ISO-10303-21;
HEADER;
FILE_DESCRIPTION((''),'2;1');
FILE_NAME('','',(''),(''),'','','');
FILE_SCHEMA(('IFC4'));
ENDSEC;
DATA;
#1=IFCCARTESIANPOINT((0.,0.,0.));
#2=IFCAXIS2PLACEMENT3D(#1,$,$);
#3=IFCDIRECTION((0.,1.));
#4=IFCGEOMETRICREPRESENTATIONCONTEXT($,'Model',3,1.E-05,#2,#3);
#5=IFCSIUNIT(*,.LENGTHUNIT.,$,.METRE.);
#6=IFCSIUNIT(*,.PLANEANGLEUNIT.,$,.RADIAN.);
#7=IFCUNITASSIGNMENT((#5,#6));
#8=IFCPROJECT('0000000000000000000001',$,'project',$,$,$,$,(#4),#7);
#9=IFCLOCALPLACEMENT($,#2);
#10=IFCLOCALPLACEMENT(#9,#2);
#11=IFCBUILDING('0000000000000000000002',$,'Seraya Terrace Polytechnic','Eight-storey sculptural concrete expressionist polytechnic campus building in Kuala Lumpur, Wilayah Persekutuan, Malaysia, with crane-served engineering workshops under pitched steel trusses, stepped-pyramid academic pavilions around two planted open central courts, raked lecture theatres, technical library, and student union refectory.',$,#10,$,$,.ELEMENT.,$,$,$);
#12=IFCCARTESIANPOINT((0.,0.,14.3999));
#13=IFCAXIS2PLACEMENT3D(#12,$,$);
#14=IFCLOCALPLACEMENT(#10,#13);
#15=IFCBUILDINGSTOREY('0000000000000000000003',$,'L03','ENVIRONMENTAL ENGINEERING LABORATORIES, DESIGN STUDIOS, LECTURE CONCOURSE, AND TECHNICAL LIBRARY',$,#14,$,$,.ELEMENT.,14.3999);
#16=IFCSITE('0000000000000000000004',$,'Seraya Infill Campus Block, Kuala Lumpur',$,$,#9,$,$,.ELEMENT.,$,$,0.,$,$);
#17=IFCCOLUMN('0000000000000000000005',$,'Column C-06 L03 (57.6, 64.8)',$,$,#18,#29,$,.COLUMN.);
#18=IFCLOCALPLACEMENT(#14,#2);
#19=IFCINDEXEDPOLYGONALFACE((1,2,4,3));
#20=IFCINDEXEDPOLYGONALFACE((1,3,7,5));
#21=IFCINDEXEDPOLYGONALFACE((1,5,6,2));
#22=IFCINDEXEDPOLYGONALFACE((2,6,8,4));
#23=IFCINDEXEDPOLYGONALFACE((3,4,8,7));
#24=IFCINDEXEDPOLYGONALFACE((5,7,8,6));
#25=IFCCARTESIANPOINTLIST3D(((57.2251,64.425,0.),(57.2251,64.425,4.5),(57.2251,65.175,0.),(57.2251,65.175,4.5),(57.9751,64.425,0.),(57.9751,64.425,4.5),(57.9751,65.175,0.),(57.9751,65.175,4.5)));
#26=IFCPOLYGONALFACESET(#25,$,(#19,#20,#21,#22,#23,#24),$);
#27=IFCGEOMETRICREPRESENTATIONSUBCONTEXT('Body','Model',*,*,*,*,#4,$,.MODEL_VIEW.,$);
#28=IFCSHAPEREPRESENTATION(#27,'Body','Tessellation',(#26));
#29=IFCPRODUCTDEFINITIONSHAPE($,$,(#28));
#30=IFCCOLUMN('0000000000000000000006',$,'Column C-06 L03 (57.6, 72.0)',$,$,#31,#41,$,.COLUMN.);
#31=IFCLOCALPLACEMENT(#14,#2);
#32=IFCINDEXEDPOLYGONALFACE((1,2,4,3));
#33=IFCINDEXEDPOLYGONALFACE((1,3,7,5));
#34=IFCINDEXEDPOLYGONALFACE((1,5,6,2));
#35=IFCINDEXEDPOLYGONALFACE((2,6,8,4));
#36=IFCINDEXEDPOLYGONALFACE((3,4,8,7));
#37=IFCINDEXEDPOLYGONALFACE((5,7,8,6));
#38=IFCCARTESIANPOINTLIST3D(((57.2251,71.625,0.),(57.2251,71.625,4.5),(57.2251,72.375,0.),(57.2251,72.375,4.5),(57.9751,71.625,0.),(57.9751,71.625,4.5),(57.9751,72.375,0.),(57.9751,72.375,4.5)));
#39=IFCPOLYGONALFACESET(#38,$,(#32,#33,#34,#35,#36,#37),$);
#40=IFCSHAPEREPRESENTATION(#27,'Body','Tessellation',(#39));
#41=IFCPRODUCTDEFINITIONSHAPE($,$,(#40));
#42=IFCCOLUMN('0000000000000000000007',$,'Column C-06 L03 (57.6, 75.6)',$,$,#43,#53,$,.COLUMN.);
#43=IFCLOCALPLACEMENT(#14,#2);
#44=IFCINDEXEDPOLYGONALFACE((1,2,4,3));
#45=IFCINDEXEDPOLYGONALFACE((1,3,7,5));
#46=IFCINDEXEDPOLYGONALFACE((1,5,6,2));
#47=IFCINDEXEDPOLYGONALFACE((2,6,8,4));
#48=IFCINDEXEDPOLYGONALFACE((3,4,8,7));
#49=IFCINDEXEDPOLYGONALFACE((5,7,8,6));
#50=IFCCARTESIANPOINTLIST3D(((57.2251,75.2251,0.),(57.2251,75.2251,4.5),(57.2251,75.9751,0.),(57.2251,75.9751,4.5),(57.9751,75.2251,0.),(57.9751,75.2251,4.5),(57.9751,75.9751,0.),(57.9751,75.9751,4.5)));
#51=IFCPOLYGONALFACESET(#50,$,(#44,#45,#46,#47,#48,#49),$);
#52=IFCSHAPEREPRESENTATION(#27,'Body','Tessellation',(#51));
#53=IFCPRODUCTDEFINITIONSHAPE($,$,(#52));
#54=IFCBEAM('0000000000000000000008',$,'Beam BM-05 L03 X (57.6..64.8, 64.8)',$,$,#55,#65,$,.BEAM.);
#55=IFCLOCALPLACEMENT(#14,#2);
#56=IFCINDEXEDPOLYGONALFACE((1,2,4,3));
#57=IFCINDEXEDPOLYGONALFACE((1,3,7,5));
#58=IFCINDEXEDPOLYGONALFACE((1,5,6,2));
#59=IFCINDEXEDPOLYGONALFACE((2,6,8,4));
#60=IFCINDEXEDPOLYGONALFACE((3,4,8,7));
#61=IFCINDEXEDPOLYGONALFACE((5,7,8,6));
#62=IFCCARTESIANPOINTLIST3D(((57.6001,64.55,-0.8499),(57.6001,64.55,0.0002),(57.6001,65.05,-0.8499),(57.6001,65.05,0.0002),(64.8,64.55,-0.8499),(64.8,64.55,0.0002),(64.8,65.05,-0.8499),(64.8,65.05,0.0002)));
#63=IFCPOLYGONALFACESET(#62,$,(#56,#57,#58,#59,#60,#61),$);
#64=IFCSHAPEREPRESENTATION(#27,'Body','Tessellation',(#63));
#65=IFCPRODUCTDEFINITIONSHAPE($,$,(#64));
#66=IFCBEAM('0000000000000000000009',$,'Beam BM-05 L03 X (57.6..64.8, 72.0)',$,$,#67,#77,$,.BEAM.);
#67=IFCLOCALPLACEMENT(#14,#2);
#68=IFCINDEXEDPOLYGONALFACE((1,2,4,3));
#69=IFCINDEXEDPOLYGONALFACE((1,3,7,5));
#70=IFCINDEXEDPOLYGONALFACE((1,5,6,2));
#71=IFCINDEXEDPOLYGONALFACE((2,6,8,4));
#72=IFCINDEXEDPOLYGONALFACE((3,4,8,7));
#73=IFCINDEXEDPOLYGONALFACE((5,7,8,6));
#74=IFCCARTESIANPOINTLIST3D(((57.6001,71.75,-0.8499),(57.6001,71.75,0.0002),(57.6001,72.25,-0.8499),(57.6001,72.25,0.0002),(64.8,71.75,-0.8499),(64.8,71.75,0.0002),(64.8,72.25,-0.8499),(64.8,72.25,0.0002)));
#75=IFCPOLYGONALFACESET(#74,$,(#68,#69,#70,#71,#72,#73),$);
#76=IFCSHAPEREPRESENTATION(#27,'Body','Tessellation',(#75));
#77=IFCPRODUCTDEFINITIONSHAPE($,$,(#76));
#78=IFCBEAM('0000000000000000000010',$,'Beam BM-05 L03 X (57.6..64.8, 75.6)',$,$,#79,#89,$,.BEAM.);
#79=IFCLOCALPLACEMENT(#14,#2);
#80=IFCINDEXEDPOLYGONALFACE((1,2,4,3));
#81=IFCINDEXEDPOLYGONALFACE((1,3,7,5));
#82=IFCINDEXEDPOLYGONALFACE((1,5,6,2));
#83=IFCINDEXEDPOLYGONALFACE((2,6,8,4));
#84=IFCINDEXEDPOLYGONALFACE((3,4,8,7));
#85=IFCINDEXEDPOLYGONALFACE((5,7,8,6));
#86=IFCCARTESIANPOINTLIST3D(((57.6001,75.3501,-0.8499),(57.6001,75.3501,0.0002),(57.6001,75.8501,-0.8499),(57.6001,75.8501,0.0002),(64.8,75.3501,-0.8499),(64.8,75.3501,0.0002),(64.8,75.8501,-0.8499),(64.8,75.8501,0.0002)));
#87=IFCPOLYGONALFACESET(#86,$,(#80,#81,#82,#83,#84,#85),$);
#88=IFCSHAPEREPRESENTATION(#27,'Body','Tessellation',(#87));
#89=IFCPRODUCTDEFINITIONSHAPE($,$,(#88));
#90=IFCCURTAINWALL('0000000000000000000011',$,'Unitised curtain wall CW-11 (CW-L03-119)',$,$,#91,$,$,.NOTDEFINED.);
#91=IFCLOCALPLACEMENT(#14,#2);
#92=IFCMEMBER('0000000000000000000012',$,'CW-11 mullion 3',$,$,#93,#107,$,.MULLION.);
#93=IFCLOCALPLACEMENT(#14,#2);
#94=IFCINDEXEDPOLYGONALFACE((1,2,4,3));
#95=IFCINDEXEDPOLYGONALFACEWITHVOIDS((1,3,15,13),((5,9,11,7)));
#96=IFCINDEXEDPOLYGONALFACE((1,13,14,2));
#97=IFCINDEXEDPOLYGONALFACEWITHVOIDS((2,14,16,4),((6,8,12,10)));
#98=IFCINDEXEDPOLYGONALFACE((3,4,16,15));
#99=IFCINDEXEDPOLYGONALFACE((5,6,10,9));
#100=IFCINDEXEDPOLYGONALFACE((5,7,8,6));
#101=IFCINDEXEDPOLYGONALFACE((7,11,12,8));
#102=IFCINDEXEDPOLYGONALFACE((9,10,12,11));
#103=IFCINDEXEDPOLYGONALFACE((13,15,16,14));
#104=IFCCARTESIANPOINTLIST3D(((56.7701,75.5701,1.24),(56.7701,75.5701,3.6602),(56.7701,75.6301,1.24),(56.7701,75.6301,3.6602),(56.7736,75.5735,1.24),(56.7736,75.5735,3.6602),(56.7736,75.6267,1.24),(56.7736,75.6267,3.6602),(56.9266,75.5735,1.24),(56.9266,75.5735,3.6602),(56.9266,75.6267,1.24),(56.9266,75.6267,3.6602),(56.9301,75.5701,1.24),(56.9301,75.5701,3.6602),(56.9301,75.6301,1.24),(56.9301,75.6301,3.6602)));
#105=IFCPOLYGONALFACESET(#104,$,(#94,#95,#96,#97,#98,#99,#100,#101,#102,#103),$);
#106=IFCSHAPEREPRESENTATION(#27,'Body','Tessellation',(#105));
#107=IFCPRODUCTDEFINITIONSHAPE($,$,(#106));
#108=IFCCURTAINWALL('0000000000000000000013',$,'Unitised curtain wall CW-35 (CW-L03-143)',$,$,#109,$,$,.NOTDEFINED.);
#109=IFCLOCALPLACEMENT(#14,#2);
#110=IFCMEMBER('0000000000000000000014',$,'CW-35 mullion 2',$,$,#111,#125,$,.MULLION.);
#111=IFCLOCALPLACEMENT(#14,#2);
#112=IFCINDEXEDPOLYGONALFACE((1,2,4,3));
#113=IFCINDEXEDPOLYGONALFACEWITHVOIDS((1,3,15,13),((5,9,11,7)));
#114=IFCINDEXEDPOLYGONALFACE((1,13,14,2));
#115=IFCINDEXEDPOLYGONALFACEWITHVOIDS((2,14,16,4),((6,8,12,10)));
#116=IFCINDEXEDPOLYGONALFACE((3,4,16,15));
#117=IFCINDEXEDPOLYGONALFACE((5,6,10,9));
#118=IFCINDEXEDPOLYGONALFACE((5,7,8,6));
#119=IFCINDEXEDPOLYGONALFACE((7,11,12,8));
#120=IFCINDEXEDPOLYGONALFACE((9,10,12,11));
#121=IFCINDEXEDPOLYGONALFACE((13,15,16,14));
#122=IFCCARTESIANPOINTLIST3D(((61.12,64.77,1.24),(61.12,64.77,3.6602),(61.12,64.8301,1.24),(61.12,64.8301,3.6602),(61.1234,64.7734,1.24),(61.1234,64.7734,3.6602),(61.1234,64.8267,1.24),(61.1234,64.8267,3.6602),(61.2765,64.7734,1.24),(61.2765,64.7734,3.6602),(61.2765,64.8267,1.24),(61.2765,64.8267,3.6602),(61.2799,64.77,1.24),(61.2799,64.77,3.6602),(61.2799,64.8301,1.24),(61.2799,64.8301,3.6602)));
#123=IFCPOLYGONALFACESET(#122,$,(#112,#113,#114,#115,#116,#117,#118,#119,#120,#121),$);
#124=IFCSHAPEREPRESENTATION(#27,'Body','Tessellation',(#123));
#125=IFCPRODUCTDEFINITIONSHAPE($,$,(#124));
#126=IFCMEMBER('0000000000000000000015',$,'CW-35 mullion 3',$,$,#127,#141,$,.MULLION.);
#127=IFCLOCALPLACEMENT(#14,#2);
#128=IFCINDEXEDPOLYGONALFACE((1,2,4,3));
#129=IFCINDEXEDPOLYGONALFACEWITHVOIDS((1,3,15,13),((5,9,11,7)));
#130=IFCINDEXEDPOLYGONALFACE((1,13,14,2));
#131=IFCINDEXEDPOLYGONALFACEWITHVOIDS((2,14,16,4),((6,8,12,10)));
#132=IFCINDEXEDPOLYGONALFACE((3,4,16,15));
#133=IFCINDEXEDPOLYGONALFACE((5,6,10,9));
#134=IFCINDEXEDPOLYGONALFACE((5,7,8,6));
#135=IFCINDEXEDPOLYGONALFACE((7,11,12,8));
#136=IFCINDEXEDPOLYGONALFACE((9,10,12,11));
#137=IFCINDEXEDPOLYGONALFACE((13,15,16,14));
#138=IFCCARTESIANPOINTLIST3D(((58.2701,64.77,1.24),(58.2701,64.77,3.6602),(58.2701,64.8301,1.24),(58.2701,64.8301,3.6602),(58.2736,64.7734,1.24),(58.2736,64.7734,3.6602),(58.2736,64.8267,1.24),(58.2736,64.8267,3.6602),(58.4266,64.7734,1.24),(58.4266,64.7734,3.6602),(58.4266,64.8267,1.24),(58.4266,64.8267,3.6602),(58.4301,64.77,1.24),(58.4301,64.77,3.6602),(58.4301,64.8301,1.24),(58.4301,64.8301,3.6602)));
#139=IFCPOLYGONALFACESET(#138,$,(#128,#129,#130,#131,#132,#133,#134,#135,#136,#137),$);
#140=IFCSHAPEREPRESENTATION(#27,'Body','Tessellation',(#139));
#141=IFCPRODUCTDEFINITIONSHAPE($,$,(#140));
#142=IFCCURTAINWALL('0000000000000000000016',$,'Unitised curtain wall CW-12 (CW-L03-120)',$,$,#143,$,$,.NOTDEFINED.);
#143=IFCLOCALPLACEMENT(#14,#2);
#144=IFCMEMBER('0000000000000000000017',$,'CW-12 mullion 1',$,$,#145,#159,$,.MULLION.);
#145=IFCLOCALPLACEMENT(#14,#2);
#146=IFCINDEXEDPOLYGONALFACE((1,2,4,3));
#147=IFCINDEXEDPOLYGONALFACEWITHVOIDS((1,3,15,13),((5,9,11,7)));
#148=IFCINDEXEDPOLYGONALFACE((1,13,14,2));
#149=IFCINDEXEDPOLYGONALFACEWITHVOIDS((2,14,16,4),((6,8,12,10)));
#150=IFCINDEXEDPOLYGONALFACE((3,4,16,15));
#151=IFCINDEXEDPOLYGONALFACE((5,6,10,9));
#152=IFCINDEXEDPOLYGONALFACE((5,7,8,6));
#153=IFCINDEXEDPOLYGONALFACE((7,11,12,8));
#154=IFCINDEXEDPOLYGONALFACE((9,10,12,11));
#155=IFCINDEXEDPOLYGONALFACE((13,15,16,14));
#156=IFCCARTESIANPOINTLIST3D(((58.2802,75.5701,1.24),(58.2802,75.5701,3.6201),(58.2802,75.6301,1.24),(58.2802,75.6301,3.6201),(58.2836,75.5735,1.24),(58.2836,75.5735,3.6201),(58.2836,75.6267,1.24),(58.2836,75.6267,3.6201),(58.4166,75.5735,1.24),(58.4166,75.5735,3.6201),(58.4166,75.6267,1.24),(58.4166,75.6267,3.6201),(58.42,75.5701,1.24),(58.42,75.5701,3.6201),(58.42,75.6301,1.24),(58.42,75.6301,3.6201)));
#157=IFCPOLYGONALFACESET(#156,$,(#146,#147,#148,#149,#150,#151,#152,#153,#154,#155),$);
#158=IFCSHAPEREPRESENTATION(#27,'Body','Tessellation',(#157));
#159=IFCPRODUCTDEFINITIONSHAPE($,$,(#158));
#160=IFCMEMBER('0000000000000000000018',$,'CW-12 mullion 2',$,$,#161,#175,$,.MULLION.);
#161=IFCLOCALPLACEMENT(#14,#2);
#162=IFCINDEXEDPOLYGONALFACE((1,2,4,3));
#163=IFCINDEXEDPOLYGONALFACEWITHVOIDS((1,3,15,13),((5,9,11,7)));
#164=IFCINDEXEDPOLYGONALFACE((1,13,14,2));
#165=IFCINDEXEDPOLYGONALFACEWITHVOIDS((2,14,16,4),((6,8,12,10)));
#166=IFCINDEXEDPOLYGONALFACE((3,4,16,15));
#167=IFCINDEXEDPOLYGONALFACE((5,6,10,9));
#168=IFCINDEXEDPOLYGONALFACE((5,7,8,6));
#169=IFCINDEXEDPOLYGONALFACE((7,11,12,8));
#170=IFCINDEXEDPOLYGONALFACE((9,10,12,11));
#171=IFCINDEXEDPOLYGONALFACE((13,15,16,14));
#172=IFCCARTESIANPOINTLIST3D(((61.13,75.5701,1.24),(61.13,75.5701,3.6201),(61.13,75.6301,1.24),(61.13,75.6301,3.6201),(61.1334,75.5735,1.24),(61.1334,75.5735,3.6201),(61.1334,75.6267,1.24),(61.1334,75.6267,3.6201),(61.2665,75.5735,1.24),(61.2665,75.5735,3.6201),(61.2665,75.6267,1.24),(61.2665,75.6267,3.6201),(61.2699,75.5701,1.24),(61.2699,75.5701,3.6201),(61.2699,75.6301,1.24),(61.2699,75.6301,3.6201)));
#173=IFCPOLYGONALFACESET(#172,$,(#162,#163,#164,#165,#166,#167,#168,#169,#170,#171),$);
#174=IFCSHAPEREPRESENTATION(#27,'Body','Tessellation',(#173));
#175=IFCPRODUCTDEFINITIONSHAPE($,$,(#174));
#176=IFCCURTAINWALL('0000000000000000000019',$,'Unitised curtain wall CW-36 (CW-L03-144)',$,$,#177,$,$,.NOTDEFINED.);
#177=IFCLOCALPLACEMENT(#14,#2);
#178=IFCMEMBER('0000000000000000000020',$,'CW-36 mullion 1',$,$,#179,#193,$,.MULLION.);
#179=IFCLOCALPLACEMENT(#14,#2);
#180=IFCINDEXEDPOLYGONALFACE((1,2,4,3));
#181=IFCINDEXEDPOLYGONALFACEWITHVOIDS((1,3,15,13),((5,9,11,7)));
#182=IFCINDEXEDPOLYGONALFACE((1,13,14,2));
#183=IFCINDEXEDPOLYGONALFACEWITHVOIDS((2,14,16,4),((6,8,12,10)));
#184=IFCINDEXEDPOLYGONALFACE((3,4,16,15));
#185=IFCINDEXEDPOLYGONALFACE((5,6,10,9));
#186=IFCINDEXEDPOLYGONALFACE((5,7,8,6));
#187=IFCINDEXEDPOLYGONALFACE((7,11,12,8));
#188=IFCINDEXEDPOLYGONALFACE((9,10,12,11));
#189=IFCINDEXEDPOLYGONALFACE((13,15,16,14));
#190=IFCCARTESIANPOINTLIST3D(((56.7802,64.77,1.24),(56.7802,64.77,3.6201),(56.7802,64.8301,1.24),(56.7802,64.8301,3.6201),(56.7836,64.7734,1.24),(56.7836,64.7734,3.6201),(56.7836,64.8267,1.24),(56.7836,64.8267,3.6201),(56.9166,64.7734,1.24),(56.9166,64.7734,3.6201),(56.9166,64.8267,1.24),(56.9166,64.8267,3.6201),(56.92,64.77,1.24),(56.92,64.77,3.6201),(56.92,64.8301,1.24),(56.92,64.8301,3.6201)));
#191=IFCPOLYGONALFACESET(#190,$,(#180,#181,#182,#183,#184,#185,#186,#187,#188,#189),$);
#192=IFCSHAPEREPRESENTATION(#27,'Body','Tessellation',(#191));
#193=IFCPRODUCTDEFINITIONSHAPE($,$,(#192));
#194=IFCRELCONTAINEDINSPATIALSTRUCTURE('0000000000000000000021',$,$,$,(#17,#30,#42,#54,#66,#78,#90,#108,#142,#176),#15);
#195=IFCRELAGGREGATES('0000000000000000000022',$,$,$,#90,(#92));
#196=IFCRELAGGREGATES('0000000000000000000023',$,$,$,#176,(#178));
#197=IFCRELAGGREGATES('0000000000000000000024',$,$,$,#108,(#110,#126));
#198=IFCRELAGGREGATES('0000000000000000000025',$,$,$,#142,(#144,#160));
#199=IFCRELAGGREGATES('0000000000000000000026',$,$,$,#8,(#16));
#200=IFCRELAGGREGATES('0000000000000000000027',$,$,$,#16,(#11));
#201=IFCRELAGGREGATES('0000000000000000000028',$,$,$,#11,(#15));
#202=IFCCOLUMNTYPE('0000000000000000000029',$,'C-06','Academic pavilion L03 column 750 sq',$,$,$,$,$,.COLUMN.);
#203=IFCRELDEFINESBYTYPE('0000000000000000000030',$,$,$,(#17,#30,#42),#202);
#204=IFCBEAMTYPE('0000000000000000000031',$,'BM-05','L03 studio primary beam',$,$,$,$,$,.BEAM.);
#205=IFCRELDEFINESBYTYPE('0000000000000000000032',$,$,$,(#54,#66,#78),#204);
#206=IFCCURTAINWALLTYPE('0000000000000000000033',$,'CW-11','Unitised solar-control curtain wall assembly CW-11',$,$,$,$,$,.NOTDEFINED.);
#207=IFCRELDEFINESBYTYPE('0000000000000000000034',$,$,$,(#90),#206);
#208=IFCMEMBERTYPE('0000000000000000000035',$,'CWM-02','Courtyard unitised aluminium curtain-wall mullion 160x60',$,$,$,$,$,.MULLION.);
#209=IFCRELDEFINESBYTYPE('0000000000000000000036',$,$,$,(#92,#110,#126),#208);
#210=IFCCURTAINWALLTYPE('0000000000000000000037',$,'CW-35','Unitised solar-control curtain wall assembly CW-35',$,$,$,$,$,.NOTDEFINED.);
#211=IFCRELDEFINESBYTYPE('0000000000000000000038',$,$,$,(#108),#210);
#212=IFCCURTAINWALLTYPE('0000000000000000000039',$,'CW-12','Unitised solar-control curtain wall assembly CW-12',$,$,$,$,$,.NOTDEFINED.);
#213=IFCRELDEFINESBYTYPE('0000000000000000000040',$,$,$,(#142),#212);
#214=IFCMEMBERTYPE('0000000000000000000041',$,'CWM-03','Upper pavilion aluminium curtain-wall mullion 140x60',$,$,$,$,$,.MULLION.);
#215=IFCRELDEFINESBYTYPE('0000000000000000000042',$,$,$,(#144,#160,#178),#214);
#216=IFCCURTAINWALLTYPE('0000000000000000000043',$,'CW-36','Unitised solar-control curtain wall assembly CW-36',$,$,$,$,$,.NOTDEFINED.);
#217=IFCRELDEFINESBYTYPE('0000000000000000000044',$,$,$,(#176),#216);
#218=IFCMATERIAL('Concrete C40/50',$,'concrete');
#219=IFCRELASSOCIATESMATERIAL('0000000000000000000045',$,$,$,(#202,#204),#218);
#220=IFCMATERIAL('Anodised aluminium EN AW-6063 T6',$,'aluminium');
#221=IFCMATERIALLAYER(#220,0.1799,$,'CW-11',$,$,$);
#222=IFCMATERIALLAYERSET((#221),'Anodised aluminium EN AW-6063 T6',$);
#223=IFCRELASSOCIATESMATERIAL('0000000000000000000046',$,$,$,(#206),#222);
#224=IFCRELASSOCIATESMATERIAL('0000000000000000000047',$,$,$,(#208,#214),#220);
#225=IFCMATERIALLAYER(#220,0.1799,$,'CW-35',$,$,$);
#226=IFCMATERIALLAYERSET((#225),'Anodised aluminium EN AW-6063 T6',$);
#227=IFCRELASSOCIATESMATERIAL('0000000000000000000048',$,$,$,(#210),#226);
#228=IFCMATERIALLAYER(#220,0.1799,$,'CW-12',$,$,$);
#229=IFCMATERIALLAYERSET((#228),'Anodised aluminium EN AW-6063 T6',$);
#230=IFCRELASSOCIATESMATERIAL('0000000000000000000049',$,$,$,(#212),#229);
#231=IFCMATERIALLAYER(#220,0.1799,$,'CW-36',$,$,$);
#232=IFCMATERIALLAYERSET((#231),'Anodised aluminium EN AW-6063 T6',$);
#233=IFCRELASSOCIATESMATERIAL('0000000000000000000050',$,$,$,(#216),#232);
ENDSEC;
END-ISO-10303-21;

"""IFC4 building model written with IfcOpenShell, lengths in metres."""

from ifc_helpers import new_model, si_unit, direction, frame, origin, origin_2d, place, context, subcontext, project, spatial, rectangle, hollow_rectangle, extrude, material, layer, layer_set, material_profile, profile_set, type_object, element, aggregate, save


model = new_model("IFC4")

# Units and contexts
model_context = context("Model", 3, precision=1e-05, world=origin(), true_north=direction((0.0, 1.0)))
body_context = subcontext(model_context, "Body", "Model", "MODEL_VIEW")
ifc_project = project(units=[si_unit("LENGTHUNIT", "METRE"), si_unit("PLANEANGLEUNIT", "RADIAN")], contexts=[model_context])

# Site, building, storey
site_placement = place(None, origin())
site = spatial("IfcSite", under=ifc_project, at=site_placement, Name="Seraya Infill Campus Block, Kuala Lumpur", CompositionType="ELEMENT", RefElevation=0.0)
building_placement = place(site_placement, origin())
building = spatial("IfcBuilding", under=site, at=building_placement, Name="Seraya Terrace Polytechnic", Description="Eight-storey sculptural concrete expressionist polytechnic campus building in Kuala Lumpur, Wilayah Persekutuan, Malaysia, with crane-served engineering workshops under pitched steel trusses, stepped-pyramid academic pavilions around two planted open central courts, raked lecture theatres, technical library, and student union refectory.", CompositionType="ELEMENT")
storey_placement = place(building_placement, frame((0.0, 0.0, 14.3999)))
storey = spatial("IfcBuildingStorey", under=building, at=storey_placement, Name="L03", Description="ENVIRONMENTAL ENGINEERING LABORATORIES, DESIGN STUDIOS, LECTURE CONCOURSE, AND TECHNICAL LIBRARY", CompositionType="ELEMENT", Elevation=14.3999)

# Columns
ifc_material_1 = material(Name="Concrete C40/50", Category="concrete")
ifc_material_profile_1 = material_profile(ifc_material_1, rectangle(XDim=0.75, YDim=0.75, at=origin_2d()), Name="RC 750x750")
ifc_profile_set_1 = profile_set([ifc_material_profile_1], Name="Concrete C40/50")
column_type = type_object("IfcColumnType", Name="C-06", Description="Academic pavilion L03 column 750 sq", PredefinedType="COLUMN", material=ifc_profile_set_1)
for number, where, z_axis, x_axis, name in (
    (1, (57.6001, 64.8, 0.0), (0.0, 0.0, 1.0), (1.0, 0.0, 0.0), "Column C-06 L03 (57.6, 64.8)"),
    (2, (57.6001, 72.0, 0.0), (0.0, 0.0, 1.0), (1.0, 0.0, 0.0), "Column C-06 L03 (57.6, 72.0)"),
    (3, (57.6001, 75.6001, 0.0), (0.0, 0.0, 1.0), (1.0, 0.0, 0.0), "Column C-06 L03 (57.6, 75.6)"),
):
    element("IfcColumn", number, at=place(storey_placement, frame(where, z_axis=z_axis, x_axis=x_axis)), inside=storey, type_object=column_type, Name=name, PredefinedType="COLUMN", context=body_context, shape_type="SweptSolid", body=[
        extrude(rectangle(XDim=0.75, YDim=0.75, at=origin_2d()), origin(), (0.0, 0.0, 1.0), 4.5),
    ])

# Beams
ifc_material_profile_2 = material_profile(ifc_material_1, rectangle(XDim=0.5, YDim=0.8501, at=origin_2d()), Name="RC 500x850")
ifc_profile_set_2 = profile_set([ifc_material_profile_2], Name="Concrete C40/50")
beam_type_1 = type_object("IfcBeamType", Name="BM-05", Description="L03 studio primary beam", PredefinedType="BEAM", material=ifc_profile_set_2)
for number, where, z_axis, x_axis, name in (
    (4, (57.6001, 64.8, -0.4248), (1.0, 0.0, 0.0), (0.0, 1.0, 0.0), "Beam BM-05 L03 X (57.6..64.8, 64.8)"),
    (5, (57.6001, 72.0, -0.4248), (1.0, 0.0, 0.0), (0.0, 1.0, 0.0), "Beam BM-05 L03 X (57.6..64.8, 72.0)"),
    (6, (57.6001, 75.6001, -0.4248), (1.0, 0.0, 0.0), (0.0, 1.0, 0.0), "Beam BM-05 L03 X (57.6..64.8, 75.6)"),
):
    element("IfcBeam", number, at=place(storey_placement, frame(where, z_axis=z_axis, x_axis=x_axis)), inside=storey, type_object=beam_type_1, Name=name, PredefinedType="BEAM", context=body_context, shape_type="SweptSolid", body=[
        extrude(rectangle(XDim=0.5, YDim=0.8501, at=origin_2d()), origin(), (0.0, 0.0, 1.0), 7.2),
    ])

# Curtain wall, member
ifc_material_2 = material(Name="Anodised aluminium EN AW-6063 T6", Category="aluminium")
ifc_layer_1 = layer(ifc_material_2, 0.1799, Name="CW-11")
ifc_layer_set_1 = layer_set([ifc_layer_1], Name="Anodised aluminium EN AW-6063 T6")
curtain_wall_type_1 = type_object("IfcCurtainWallType", Name="CW-11", Description="Unitised solar-control curtain wall assembly CW-11", PredefinedType="NOTDEFINED", material=ifc_layer_set_1)
curtain_wall_1_placement = place(storey_placement, origin())
curtain_wall_1 = element("IfcCurtainWall", 7, at=curtain_wall_1_placement, inside=storey, type_object=curtain_wall_type_1, Name="Unitised curtain wall CW-11 (CW-L03-119)", PredefinedType="NOTDEFINED")
ifc_material_profile_3 = material_profile(ifc_material_2, hollow_rectangle(XDim=0.0601, YDim=0.1599, WallThickness=0.0034, at=origin_2d()), Name="RHS 160x60x3.5")
ifc_profile_set_3 = profile_set([ifc_material_profile_3], Name="Anodised aluminium EN AW-6063 T6")
member_type_1 = type_object("IfcMemberType", Name="CWM-02", Description="Courtyard unitised aluminium curtain-wall mullion 160x60", PredefinedType="MULLION", material=ifc_profile_set_3)
member_1_placement = place(storey_placement, frame((56.8501, 75.6001, 1.24), z_axis=(0.0, 0.0, 1.0), x_axis=(0.0, 1.0, 0.0)))
member_1 = element("IfcMember", 8, at=member_1_placement, type_object=member_type_1, Name="CW-11 mullion 3", PredefinedType="MULLION", context=body_context, shape_type="SweptSolid", body=[
    extrude(hollow_rectangle(XDim=0.0601, YDim=0.1599, WallThickness=0.0034, at=origin_2d()), origin(), (0.0, 0.0, 1.0), 2.4202),
])
aggregate(curtain_wall_1, [member_1])

# Curtain walls, members
ifc_layer_2 = layer(ifc_material_2, 0.1799, Name="CW-35")
ifc_layer_set_2 = layer_set([ifc_layer_2], Name="Anodised aluminium EN AW-6063 T6")
curtain_wall_type_2 = type_object("IfcCurtainWallType", Name="CW-35", Description="Unitised solar-control curtain wall assembly CW-35", PredefinedType="NOTDEFINED", material=ifc_layer_set_2)
curtain_wall_2_placement = place(storey_placement, origin())
curtain_wall_2 = element("IfcCurtainWall", 9, at=curtain_wall_2_placement, inside=storey, type_object=curtain_wall_type_2, Name="Unitised curtain wall CW-35 (CW-L03-143)", PredefinedType="NOTDEFINED")
member_2_placement = place(storey_placement, frame((61.2, 64.8, 1.24), z_axis=(0.0, 0.0, 1.0), x_axis=(0.0, -1.0, 0.0)))
member_2 = element("IfcMember", 10, at=member_2_placement, type_object=member_type_1, Name="CW-35 mullion 2", PredefinedType="MULLION", context=body_context, shape_type="SweptSolid", body=[
    extrude(hollow_rectangle(XDim=0.0601, YDim=0.1599, WallThickness=0.0034, at=origin_2d()), origin(), (0.0, 0.0, 1.0), 2.4202),
])
member_3_placement = place(storey_placement, frame((58.3501, 64.8, 1.24), z_axis=(0.0, 0.0, 1.0), x_axis=(0.0, -1.0, 0.0)))
member_3 = element("IfcMember", 11, at=member_3_placement, type_object=member_type_1, Name="CW-35 mullion 3", PredefinedType="MULLION", context=body_context, shape_type="SweptSolid", body=[
    extrude(hollow_rectangle(XDim=0.0601, YDim=0.1599, WallThickness=0.0034, at=origin_2d()), origin(), (0.0, 0.0, 1.0), 2.4202),
])
ifc_layer_3 = layer(ifc_material_2, 0.1799, Name="CW-12")
ifc_layer_set_3 = layer_set([ifc_layer_3], Name="Anodised aluminium EN AW-6063 T6")
curtain_wall_type_3 = type_object("IfcCurtainWallType", Name="CW-12", Description="Unitised solar-control curtain wall assembly CW-12", PredefinedType="NOTDEFINED", material=ifc_layer_set_3)
curtain_wall_3_placement = place(storey_placement, origin())
curtain_wall_3 = element("IfcCurtainWall", 12, at=curtain_wall_3_placement, inside=storey, type_object=curtain_wall_type_3, Name="Unitised curtain wall CW-12 (CW-L03-120)", PredefinedType="NOTDEFINED")
ifc_material_profile_4 = material_profile(ifc_material_2, hollow_rectangle(XDim=0.0601, YDim=0.1399, WallThickness=0.0034, at=origin_2d()), Name="RHS 140x60x3.5")
ifc_profile_set_4 = profile_set([ifc_material_profile_4], Name="Anodised aluminium EN AW-6063 T6")
member_type_2 = type_object("IfcMemberType", Name="CWM-03", Description="Upper pavilion aluminium curtain-wall mullion 140x60", PredefinedType="MULLION", material=ifc_profile_set_4)
member_4_placement = place(storey_placement, frame((58.3501, 75.6001, 1.24), z_axis=(0.0, 0.0, 1.0), x_axis=(0.0, 1.0, 0.0)))
member_4 = element("IfcMember", 13, at=member_4_placement, type_object=member_type_2, Name="CW-12 mullion 1", PredefinedType="MULLION", context=body_context, shape_type="SweptSolid", body=[
    extrude(hollow_rectangle(XDim=0.0601, YDim=0.1399, WallThickness=0.0034, at=origin_2d()), origin(), (0.0, 0.0, 1.0), 2.3801),
])
member_5_placement = place(storey_placement, frame((61.2, 75.6001, 1.24), z_axis=(0.0, 0.0, 1.0), x_axis=(0.0, 1.0, 0.0)))
member_5 = element("IfcMember", 14, at=member_5_placement, type_object=member_type_2, Name="CW-12 mullion 2", PredefinedType="MULLION", context=body_context, shape_type="SweptSolid", body=[
    extrude(hollow_rectangle(XDim=0.0601, YDim=0.1399, WallThickness=0.0034, at=origin_2d()), origin(), (0.0, 0.0, 1.0), 2.3801),
])

# Curtain wall, member
ifc_layer_4 = layer(ifc_material_2, 0.1799, Name="CW-36")
ifc_layer_set_4 = layer_set([ifc_layer_4], Name="Anodised aluminium EN AW-6063 T6")
curtain_wall_type_4 = type_object("IfcCurtainWallType", Name="CW-36", Description="Unitised solar-control curtain wall assembly CW-36", PredefinedType="NOTDEFINED", material=ifc_layer_set_4)
curtain_wall_4_placement = place(storey_placement, origin())
curtain_wall_4 = element("IfcCurtainWall", 15, at=curtain_wall_4_placement, inside=storey, type_object=curtain_wall_type_4, Name="Unitised curtain wall CW-36 (CW-L03-144)", PredefinedType="NOTDEFINED")
member_6_placement = place(storey_placement, frame((56.8501, 64.8, 1.24), z_axis=(0.0, 0.0, 1.0), x_axis=(0.0, -1.0, 0.0)))
member_6 = element("IfcMember", 16, at=member_6_placement, type_object=member_type_2, Name="CW-36 mullion 1", PredefinedType="MULLION", context=body_context, shape_type="SweptSolid", body=[
    extrude(hollow_rectangle(XDim=0.0601, YDim=0.1399, WallThickness=0.0034, at=origin_2d()), origin(), (0.0, 0.0, 1.0), 2.3801),
])

aggregate(curtain_wall_4, [member_6])

aggregate(curtain_wall_2, [member_2, member_3])
aggregate(curtain_wall_3, [member_4, member_5])

save(model, "model.ifc")
